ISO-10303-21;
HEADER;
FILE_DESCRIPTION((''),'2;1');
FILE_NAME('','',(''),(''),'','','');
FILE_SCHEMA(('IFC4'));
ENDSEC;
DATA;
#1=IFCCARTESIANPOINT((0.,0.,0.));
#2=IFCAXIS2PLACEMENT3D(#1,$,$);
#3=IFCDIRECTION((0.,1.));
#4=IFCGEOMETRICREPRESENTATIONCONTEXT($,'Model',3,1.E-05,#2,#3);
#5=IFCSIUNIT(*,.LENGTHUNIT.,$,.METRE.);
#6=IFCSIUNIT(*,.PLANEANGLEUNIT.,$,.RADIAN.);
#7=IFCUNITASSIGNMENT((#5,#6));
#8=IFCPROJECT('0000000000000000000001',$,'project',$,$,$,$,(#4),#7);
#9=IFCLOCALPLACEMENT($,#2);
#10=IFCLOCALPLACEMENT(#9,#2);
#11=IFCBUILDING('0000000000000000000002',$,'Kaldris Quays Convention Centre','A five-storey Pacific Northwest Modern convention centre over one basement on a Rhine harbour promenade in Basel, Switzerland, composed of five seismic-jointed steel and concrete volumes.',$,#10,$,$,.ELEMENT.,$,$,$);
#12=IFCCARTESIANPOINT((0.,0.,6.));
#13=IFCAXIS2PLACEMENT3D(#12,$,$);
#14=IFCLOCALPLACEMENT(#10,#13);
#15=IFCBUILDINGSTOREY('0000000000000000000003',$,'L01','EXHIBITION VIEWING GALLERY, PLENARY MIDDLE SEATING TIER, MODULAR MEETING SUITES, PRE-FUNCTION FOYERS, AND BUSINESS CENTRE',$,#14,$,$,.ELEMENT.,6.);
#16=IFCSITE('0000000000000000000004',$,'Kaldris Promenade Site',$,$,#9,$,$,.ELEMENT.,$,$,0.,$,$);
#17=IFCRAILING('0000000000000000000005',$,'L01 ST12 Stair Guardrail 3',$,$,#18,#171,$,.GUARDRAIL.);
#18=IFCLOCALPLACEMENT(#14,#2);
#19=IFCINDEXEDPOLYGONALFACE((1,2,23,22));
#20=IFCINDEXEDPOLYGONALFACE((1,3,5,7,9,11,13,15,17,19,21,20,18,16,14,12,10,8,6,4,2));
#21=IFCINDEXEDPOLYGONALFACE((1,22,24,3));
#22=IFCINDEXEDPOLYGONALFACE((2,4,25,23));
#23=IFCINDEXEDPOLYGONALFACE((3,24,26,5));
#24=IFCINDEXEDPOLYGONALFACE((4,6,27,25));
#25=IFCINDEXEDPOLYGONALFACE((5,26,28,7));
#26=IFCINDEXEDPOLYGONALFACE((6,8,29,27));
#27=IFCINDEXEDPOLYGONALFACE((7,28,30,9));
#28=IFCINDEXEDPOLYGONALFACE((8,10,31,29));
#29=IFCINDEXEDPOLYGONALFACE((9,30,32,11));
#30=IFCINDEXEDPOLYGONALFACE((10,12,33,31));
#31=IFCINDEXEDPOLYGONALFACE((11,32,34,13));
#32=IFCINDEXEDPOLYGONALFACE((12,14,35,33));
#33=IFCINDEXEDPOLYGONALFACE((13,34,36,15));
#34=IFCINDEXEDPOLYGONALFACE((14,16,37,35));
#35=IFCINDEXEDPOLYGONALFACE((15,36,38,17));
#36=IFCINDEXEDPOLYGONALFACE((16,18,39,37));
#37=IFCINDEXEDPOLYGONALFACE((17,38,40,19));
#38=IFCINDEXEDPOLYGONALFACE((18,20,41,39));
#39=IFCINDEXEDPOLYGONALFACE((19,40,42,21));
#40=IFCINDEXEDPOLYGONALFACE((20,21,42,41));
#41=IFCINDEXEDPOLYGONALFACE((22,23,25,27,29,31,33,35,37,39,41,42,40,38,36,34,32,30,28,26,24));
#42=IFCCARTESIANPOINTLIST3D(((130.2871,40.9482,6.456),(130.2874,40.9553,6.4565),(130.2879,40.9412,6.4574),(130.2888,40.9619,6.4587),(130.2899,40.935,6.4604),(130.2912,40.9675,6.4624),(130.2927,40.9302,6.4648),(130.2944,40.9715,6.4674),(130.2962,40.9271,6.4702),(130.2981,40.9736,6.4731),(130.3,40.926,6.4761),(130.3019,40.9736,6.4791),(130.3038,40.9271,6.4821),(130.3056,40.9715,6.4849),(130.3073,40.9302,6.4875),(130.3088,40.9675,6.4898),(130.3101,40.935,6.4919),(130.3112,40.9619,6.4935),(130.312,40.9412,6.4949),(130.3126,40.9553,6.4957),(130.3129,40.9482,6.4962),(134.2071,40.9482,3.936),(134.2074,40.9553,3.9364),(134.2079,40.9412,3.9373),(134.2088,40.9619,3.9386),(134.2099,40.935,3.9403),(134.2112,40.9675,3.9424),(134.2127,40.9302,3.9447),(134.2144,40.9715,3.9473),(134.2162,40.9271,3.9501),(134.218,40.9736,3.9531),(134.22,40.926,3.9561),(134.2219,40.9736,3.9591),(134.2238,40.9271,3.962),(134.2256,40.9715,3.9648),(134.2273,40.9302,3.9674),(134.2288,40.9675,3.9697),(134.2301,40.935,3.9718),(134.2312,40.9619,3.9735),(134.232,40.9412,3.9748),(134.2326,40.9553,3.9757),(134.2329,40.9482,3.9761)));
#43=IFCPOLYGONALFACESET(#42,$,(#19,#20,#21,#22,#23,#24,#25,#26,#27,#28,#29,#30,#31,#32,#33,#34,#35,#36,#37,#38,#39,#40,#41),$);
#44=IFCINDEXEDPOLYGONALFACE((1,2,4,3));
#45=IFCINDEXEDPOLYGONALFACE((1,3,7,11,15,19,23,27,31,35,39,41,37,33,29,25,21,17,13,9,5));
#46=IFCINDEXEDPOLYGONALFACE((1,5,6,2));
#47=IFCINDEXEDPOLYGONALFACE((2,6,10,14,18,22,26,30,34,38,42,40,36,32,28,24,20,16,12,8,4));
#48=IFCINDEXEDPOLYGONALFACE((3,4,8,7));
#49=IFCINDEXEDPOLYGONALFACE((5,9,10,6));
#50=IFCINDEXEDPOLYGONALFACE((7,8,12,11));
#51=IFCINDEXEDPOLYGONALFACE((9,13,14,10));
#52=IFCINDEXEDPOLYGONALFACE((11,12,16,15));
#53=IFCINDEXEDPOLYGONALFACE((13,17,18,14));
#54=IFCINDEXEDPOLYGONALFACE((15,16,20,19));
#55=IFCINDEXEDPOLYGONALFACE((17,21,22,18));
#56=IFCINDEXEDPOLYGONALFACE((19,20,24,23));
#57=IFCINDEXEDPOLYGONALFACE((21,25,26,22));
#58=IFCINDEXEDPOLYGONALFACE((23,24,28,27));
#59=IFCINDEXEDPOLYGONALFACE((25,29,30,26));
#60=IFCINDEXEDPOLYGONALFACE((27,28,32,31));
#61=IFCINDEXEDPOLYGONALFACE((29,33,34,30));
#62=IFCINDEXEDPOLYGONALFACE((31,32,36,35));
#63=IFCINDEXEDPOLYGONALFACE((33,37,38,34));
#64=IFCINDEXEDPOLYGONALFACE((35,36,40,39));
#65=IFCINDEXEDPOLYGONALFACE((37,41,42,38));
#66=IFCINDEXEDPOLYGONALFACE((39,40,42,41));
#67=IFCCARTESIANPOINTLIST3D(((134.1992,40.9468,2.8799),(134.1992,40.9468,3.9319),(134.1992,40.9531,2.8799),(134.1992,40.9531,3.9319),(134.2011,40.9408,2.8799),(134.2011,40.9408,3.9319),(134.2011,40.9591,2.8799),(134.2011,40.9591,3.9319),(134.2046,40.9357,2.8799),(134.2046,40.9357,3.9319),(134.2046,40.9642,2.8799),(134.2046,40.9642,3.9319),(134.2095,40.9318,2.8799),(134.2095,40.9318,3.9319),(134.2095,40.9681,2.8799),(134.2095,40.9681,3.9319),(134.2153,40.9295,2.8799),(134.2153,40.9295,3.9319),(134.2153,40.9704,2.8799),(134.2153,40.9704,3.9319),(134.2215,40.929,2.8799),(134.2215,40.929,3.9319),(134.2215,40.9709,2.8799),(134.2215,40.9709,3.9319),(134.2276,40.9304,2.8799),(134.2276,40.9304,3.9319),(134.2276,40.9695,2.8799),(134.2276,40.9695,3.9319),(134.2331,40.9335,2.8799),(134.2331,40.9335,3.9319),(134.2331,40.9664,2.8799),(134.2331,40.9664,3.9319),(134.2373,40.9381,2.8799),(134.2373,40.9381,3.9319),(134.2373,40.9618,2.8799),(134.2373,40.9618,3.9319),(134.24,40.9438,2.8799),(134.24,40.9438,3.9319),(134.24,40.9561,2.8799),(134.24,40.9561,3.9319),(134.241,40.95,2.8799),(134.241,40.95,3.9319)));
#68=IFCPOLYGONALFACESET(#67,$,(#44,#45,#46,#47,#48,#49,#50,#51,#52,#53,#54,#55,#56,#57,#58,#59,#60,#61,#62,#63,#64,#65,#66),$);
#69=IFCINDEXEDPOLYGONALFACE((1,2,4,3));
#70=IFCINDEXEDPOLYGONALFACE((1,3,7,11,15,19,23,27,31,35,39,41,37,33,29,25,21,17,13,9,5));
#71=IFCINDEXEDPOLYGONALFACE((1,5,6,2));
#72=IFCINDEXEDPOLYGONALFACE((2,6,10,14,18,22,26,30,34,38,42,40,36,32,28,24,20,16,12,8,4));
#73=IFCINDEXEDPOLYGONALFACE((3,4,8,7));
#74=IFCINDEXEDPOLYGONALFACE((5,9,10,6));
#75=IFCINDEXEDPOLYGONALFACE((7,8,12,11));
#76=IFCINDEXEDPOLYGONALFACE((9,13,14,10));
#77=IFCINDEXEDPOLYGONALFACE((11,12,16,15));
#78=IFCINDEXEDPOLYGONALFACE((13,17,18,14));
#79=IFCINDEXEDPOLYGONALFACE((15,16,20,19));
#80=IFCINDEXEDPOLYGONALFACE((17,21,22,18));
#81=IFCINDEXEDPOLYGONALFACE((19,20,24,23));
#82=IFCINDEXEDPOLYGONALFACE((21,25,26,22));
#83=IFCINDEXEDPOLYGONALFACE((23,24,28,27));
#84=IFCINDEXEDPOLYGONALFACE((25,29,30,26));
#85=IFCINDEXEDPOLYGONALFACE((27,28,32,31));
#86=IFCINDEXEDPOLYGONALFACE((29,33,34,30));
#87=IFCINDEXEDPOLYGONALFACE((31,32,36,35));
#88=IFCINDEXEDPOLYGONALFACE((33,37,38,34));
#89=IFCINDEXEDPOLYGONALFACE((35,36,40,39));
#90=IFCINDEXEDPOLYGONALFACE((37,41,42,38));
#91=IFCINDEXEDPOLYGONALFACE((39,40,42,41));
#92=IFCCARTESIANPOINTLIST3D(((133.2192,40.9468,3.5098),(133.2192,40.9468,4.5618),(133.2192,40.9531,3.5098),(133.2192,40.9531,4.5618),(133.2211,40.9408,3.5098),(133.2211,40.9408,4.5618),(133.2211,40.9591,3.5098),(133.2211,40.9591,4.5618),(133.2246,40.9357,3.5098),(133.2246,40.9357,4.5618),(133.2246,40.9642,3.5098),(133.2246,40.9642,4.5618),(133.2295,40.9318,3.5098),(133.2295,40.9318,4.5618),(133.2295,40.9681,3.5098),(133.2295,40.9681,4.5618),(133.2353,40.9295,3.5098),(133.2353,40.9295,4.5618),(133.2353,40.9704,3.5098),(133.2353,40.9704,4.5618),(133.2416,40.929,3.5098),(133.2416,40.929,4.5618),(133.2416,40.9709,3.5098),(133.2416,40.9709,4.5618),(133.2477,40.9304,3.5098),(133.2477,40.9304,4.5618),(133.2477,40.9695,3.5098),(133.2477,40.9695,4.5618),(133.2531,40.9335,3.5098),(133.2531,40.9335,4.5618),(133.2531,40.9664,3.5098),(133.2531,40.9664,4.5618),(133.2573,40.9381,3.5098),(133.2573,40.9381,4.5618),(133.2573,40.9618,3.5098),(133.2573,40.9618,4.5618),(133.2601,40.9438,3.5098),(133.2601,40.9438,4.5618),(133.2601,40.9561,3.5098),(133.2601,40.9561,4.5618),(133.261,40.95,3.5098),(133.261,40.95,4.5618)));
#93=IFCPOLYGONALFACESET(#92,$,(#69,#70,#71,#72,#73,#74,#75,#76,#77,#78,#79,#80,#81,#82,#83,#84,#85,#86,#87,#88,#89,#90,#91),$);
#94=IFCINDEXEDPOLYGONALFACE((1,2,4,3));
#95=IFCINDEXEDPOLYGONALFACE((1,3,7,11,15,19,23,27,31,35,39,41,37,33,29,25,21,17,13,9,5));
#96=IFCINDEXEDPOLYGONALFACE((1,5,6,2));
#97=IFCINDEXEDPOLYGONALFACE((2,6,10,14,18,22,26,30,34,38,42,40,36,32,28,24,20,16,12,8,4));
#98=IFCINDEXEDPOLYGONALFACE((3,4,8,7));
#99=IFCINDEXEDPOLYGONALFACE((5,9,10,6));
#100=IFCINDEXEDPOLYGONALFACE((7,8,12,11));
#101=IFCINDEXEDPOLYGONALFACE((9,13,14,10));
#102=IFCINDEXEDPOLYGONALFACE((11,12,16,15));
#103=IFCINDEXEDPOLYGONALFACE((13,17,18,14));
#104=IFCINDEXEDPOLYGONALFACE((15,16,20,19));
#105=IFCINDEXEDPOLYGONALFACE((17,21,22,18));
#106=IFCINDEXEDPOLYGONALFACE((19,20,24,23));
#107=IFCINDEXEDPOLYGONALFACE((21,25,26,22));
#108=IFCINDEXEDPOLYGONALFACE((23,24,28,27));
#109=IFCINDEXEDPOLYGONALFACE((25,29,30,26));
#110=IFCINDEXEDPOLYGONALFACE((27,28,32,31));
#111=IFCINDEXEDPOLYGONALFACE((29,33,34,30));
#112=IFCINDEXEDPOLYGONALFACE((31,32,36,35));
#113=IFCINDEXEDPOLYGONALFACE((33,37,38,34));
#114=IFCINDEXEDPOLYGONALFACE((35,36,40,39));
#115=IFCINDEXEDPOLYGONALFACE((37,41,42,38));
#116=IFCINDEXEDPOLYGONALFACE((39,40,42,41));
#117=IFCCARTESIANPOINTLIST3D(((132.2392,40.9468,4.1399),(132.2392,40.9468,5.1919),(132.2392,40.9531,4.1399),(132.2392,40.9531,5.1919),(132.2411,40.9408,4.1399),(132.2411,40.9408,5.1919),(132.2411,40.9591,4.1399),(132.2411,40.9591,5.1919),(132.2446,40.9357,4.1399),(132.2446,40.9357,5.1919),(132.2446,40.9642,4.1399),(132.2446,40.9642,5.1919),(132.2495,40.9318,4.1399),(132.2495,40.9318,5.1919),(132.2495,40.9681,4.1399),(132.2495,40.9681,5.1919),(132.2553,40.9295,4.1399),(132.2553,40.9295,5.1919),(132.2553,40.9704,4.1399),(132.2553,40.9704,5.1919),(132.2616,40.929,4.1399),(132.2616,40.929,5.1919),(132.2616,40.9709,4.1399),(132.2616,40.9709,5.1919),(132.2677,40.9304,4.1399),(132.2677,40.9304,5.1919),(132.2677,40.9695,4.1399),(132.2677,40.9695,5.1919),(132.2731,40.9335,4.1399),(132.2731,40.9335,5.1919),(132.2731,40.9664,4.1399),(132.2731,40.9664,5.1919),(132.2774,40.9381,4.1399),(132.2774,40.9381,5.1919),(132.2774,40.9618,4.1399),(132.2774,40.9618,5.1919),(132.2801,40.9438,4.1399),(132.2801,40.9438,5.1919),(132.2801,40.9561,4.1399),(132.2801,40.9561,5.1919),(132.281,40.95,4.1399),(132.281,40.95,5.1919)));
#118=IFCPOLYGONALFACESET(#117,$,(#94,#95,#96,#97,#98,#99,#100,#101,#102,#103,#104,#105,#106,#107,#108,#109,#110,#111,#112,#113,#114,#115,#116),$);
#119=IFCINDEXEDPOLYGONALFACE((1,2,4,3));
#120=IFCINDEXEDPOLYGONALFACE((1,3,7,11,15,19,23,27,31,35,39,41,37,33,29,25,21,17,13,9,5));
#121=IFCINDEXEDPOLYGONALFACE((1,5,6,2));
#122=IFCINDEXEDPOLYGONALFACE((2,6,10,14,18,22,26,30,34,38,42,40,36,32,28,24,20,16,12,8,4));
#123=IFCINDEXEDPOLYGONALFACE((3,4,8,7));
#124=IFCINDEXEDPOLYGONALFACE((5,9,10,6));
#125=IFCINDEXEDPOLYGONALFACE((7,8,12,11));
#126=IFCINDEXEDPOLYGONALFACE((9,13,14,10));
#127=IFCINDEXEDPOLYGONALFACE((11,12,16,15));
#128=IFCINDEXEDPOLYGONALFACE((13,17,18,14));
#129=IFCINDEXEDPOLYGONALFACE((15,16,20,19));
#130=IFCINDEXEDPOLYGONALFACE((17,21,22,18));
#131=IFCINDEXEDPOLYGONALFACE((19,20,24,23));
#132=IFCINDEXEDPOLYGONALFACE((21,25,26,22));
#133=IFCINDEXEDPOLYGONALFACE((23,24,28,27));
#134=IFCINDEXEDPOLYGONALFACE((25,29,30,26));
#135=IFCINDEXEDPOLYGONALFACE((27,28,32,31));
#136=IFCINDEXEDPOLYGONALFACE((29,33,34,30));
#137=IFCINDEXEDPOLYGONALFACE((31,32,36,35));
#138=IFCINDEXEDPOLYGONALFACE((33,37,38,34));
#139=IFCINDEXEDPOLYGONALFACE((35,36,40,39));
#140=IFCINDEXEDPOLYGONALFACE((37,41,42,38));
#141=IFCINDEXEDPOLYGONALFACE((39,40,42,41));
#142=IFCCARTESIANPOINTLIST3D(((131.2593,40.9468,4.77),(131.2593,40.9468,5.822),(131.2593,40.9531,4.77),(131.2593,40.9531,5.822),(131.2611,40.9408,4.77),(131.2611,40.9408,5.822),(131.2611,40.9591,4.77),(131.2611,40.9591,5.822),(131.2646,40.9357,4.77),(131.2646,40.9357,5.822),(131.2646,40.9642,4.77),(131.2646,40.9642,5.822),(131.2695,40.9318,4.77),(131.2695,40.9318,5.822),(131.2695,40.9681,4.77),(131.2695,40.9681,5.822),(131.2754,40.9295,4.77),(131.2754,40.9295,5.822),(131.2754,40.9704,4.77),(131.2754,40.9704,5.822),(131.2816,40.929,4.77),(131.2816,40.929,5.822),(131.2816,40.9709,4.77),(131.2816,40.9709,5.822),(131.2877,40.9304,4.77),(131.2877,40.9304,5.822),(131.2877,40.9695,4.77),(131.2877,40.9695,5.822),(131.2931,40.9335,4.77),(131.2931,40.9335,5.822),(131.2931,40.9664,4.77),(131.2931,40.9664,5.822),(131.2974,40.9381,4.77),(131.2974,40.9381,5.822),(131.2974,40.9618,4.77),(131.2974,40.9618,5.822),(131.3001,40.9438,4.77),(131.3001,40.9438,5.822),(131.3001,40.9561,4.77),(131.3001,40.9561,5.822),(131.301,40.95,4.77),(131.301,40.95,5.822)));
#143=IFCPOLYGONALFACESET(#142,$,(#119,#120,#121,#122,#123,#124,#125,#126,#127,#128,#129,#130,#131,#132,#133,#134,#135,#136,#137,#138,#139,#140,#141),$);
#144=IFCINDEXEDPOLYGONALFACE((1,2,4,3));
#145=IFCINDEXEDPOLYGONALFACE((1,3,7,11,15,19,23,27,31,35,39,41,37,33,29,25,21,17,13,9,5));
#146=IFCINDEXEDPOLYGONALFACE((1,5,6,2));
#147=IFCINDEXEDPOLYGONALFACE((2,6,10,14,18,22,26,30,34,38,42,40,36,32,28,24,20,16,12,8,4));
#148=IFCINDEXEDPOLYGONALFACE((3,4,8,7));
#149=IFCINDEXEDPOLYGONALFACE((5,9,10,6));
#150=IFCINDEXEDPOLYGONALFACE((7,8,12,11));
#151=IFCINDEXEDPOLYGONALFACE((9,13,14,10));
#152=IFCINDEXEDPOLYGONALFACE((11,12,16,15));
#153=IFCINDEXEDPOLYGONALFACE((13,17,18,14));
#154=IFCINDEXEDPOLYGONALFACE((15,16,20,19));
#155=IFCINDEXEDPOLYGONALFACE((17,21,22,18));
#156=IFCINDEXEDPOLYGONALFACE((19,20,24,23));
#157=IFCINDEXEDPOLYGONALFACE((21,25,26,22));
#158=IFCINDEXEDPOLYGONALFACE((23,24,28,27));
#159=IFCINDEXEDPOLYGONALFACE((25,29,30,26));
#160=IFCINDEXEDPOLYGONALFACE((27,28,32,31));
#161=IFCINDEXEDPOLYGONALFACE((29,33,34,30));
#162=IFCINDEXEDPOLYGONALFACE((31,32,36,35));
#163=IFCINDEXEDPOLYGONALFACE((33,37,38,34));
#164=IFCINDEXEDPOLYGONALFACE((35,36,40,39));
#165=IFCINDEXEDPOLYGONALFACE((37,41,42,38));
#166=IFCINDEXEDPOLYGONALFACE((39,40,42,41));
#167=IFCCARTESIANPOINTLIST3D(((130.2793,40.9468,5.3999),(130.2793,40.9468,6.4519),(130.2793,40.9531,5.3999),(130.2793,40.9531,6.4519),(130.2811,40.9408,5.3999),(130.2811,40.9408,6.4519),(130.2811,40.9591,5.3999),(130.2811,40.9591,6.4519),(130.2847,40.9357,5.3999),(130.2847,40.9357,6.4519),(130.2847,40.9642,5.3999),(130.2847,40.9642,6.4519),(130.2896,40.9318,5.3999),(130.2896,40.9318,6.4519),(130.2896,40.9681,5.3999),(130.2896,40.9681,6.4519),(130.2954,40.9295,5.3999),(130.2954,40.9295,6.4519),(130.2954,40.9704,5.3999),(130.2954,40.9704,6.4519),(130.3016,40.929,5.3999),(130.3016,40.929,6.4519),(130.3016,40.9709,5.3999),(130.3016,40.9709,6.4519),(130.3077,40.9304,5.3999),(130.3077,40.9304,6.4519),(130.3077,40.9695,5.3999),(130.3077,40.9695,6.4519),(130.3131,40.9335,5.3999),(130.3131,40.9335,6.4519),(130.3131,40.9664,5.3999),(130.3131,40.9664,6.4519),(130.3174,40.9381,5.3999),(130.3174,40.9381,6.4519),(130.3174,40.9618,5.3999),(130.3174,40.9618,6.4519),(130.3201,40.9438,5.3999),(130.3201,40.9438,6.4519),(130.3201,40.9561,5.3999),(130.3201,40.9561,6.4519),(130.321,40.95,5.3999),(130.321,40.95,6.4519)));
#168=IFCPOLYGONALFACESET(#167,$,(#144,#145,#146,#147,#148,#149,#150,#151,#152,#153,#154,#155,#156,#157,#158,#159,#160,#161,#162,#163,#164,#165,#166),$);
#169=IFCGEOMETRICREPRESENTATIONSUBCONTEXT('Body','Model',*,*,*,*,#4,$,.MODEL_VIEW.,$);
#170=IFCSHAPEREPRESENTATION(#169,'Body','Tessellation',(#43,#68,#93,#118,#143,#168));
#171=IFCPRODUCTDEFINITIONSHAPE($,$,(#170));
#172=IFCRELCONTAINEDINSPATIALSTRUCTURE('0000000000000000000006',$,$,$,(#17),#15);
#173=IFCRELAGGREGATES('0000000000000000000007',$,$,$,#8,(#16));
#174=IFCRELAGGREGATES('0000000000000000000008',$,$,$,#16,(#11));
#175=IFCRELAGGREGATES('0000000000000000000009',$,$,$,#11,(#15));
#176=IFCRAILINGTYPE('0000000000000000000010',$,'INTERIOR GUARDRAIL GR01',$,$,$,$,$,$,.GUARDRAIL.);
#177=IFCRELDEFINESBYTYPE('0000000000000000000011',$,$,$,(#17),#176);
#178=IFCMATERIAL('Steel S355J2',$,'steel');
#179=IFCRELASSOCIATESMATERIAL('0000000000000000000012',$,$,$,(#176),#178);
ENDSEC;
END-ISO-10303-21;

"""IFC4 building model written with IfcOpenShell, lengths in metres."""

from ifc_helpers import new_model, si_unit, direction, frame, origin, origin_2d, place, context, subcontext, project, spatial, circle, extrude, material, type_object, element, save


model = new_model("IFC4")

# Units and contexts
model_context = context("Model", 3, precision=1e-05, world=origin(), true_north=direction((0.0, 1.0)))
body_context = subcontext(model_context, "Body", "Model", "MODEL_VIEW")
ifc_project = project(units=[si_unit("LENGTHUNIT", "METRE"), si_unit("PLANEANGLEUNIT", "RADIAN")], contexts=[model_context])

# Site, building, storey
site_placement = place(None, origin())
site = spatial("IfcSite", under=ifc_project, at=site_placement, Name="Kaldris Promenade Site", CompositionType="ELEMENT", RefElevation=0.0)
building_placement = place(site_placement, origin())
building = spatial("IfcBuilding", under=site, at=building_placement, Name="Kaldris Quays Convention Centre", Description="A five-storey Pacific Northwest Modern convention centre over one basement on a Rhine harbour promenade in Basel, Switzerland, composed of five seismic-jointed steel and concrete volumes.", CompositionType="ELEMENT")
storey_placement = place(building_placement, frame((0.0, 0.0, 6.0)))
storey = spatial("IfcBuildingStorey", under=building, at=storey_placement, Name="L01", Description="EXHIBITION VIEWING GALLERY, PLENARY MIDDLE SEATING TIER, MODULAR MEETING SUITES, PRE-FUNCTION FOYERS, AND BUSINESS CENTRE", CompositionType="ELEMENT", Elevation=6.0)

# Shared definitions
ifc_material_1 = material(Name="Steel S355J2", Category="steel")

# Railing
railing_type_1 = type_object("IfcRailingType", Name="INTERIOR GUARDRAIL GR01", PredefinedType="GUARDRAIL", material=ifc_material_1)
railing_1_placement = place(storey_placement, frame((134.22, 40.95, 2.8799)))
element("IfcRailing", 1, at=railing_1_placement, inside=storey, type_object=railing_type_1, Name="L01 ST12 Stair Guardrail 3", PredefinedType="GUARDRAIL", context=body_context, shape_type="SweptSolid", body=[
    extrude(circle(Radius=0.0239, at=origin_2d()), frame((0.0, 0.0, 1.0762), z_axis=(-0.841172, 0.0, 0.540768), x_axis=(0.0, -1.0, 0.0)), (0.0, 0.0, 1.0), 4.6602),
    extrude(circle(Radius=0.021, at=origin_2d()), origin(), (0.0, 0.0, 1.0), 1.052),
    extrude(circle(Radius=0.021, at=origin_2d()), frame((-0.98, 0.0, 0.6299)), (0.0, 0.0, 1.0), 1.052),
    extrude(circle(Radius=0.021, at=origin_2d()), frame((-1.96, 0.0, 1.26)), (0.0, 0.0, 1.0), 1.052),
    extrude(circle(Radius=0.021, at=origin_2d()), frame((-2.9399, 0.0, 1.8901)), (0.0, 0.0, 1.0), 1.052),
    extrude(circle(Radius=0.021, at=origin_2d()), frame((-3.9199, 0.0, 2.52)), (0.0, 0.0, 1.0), 1.052),
])

save(model, "model.ifc")
